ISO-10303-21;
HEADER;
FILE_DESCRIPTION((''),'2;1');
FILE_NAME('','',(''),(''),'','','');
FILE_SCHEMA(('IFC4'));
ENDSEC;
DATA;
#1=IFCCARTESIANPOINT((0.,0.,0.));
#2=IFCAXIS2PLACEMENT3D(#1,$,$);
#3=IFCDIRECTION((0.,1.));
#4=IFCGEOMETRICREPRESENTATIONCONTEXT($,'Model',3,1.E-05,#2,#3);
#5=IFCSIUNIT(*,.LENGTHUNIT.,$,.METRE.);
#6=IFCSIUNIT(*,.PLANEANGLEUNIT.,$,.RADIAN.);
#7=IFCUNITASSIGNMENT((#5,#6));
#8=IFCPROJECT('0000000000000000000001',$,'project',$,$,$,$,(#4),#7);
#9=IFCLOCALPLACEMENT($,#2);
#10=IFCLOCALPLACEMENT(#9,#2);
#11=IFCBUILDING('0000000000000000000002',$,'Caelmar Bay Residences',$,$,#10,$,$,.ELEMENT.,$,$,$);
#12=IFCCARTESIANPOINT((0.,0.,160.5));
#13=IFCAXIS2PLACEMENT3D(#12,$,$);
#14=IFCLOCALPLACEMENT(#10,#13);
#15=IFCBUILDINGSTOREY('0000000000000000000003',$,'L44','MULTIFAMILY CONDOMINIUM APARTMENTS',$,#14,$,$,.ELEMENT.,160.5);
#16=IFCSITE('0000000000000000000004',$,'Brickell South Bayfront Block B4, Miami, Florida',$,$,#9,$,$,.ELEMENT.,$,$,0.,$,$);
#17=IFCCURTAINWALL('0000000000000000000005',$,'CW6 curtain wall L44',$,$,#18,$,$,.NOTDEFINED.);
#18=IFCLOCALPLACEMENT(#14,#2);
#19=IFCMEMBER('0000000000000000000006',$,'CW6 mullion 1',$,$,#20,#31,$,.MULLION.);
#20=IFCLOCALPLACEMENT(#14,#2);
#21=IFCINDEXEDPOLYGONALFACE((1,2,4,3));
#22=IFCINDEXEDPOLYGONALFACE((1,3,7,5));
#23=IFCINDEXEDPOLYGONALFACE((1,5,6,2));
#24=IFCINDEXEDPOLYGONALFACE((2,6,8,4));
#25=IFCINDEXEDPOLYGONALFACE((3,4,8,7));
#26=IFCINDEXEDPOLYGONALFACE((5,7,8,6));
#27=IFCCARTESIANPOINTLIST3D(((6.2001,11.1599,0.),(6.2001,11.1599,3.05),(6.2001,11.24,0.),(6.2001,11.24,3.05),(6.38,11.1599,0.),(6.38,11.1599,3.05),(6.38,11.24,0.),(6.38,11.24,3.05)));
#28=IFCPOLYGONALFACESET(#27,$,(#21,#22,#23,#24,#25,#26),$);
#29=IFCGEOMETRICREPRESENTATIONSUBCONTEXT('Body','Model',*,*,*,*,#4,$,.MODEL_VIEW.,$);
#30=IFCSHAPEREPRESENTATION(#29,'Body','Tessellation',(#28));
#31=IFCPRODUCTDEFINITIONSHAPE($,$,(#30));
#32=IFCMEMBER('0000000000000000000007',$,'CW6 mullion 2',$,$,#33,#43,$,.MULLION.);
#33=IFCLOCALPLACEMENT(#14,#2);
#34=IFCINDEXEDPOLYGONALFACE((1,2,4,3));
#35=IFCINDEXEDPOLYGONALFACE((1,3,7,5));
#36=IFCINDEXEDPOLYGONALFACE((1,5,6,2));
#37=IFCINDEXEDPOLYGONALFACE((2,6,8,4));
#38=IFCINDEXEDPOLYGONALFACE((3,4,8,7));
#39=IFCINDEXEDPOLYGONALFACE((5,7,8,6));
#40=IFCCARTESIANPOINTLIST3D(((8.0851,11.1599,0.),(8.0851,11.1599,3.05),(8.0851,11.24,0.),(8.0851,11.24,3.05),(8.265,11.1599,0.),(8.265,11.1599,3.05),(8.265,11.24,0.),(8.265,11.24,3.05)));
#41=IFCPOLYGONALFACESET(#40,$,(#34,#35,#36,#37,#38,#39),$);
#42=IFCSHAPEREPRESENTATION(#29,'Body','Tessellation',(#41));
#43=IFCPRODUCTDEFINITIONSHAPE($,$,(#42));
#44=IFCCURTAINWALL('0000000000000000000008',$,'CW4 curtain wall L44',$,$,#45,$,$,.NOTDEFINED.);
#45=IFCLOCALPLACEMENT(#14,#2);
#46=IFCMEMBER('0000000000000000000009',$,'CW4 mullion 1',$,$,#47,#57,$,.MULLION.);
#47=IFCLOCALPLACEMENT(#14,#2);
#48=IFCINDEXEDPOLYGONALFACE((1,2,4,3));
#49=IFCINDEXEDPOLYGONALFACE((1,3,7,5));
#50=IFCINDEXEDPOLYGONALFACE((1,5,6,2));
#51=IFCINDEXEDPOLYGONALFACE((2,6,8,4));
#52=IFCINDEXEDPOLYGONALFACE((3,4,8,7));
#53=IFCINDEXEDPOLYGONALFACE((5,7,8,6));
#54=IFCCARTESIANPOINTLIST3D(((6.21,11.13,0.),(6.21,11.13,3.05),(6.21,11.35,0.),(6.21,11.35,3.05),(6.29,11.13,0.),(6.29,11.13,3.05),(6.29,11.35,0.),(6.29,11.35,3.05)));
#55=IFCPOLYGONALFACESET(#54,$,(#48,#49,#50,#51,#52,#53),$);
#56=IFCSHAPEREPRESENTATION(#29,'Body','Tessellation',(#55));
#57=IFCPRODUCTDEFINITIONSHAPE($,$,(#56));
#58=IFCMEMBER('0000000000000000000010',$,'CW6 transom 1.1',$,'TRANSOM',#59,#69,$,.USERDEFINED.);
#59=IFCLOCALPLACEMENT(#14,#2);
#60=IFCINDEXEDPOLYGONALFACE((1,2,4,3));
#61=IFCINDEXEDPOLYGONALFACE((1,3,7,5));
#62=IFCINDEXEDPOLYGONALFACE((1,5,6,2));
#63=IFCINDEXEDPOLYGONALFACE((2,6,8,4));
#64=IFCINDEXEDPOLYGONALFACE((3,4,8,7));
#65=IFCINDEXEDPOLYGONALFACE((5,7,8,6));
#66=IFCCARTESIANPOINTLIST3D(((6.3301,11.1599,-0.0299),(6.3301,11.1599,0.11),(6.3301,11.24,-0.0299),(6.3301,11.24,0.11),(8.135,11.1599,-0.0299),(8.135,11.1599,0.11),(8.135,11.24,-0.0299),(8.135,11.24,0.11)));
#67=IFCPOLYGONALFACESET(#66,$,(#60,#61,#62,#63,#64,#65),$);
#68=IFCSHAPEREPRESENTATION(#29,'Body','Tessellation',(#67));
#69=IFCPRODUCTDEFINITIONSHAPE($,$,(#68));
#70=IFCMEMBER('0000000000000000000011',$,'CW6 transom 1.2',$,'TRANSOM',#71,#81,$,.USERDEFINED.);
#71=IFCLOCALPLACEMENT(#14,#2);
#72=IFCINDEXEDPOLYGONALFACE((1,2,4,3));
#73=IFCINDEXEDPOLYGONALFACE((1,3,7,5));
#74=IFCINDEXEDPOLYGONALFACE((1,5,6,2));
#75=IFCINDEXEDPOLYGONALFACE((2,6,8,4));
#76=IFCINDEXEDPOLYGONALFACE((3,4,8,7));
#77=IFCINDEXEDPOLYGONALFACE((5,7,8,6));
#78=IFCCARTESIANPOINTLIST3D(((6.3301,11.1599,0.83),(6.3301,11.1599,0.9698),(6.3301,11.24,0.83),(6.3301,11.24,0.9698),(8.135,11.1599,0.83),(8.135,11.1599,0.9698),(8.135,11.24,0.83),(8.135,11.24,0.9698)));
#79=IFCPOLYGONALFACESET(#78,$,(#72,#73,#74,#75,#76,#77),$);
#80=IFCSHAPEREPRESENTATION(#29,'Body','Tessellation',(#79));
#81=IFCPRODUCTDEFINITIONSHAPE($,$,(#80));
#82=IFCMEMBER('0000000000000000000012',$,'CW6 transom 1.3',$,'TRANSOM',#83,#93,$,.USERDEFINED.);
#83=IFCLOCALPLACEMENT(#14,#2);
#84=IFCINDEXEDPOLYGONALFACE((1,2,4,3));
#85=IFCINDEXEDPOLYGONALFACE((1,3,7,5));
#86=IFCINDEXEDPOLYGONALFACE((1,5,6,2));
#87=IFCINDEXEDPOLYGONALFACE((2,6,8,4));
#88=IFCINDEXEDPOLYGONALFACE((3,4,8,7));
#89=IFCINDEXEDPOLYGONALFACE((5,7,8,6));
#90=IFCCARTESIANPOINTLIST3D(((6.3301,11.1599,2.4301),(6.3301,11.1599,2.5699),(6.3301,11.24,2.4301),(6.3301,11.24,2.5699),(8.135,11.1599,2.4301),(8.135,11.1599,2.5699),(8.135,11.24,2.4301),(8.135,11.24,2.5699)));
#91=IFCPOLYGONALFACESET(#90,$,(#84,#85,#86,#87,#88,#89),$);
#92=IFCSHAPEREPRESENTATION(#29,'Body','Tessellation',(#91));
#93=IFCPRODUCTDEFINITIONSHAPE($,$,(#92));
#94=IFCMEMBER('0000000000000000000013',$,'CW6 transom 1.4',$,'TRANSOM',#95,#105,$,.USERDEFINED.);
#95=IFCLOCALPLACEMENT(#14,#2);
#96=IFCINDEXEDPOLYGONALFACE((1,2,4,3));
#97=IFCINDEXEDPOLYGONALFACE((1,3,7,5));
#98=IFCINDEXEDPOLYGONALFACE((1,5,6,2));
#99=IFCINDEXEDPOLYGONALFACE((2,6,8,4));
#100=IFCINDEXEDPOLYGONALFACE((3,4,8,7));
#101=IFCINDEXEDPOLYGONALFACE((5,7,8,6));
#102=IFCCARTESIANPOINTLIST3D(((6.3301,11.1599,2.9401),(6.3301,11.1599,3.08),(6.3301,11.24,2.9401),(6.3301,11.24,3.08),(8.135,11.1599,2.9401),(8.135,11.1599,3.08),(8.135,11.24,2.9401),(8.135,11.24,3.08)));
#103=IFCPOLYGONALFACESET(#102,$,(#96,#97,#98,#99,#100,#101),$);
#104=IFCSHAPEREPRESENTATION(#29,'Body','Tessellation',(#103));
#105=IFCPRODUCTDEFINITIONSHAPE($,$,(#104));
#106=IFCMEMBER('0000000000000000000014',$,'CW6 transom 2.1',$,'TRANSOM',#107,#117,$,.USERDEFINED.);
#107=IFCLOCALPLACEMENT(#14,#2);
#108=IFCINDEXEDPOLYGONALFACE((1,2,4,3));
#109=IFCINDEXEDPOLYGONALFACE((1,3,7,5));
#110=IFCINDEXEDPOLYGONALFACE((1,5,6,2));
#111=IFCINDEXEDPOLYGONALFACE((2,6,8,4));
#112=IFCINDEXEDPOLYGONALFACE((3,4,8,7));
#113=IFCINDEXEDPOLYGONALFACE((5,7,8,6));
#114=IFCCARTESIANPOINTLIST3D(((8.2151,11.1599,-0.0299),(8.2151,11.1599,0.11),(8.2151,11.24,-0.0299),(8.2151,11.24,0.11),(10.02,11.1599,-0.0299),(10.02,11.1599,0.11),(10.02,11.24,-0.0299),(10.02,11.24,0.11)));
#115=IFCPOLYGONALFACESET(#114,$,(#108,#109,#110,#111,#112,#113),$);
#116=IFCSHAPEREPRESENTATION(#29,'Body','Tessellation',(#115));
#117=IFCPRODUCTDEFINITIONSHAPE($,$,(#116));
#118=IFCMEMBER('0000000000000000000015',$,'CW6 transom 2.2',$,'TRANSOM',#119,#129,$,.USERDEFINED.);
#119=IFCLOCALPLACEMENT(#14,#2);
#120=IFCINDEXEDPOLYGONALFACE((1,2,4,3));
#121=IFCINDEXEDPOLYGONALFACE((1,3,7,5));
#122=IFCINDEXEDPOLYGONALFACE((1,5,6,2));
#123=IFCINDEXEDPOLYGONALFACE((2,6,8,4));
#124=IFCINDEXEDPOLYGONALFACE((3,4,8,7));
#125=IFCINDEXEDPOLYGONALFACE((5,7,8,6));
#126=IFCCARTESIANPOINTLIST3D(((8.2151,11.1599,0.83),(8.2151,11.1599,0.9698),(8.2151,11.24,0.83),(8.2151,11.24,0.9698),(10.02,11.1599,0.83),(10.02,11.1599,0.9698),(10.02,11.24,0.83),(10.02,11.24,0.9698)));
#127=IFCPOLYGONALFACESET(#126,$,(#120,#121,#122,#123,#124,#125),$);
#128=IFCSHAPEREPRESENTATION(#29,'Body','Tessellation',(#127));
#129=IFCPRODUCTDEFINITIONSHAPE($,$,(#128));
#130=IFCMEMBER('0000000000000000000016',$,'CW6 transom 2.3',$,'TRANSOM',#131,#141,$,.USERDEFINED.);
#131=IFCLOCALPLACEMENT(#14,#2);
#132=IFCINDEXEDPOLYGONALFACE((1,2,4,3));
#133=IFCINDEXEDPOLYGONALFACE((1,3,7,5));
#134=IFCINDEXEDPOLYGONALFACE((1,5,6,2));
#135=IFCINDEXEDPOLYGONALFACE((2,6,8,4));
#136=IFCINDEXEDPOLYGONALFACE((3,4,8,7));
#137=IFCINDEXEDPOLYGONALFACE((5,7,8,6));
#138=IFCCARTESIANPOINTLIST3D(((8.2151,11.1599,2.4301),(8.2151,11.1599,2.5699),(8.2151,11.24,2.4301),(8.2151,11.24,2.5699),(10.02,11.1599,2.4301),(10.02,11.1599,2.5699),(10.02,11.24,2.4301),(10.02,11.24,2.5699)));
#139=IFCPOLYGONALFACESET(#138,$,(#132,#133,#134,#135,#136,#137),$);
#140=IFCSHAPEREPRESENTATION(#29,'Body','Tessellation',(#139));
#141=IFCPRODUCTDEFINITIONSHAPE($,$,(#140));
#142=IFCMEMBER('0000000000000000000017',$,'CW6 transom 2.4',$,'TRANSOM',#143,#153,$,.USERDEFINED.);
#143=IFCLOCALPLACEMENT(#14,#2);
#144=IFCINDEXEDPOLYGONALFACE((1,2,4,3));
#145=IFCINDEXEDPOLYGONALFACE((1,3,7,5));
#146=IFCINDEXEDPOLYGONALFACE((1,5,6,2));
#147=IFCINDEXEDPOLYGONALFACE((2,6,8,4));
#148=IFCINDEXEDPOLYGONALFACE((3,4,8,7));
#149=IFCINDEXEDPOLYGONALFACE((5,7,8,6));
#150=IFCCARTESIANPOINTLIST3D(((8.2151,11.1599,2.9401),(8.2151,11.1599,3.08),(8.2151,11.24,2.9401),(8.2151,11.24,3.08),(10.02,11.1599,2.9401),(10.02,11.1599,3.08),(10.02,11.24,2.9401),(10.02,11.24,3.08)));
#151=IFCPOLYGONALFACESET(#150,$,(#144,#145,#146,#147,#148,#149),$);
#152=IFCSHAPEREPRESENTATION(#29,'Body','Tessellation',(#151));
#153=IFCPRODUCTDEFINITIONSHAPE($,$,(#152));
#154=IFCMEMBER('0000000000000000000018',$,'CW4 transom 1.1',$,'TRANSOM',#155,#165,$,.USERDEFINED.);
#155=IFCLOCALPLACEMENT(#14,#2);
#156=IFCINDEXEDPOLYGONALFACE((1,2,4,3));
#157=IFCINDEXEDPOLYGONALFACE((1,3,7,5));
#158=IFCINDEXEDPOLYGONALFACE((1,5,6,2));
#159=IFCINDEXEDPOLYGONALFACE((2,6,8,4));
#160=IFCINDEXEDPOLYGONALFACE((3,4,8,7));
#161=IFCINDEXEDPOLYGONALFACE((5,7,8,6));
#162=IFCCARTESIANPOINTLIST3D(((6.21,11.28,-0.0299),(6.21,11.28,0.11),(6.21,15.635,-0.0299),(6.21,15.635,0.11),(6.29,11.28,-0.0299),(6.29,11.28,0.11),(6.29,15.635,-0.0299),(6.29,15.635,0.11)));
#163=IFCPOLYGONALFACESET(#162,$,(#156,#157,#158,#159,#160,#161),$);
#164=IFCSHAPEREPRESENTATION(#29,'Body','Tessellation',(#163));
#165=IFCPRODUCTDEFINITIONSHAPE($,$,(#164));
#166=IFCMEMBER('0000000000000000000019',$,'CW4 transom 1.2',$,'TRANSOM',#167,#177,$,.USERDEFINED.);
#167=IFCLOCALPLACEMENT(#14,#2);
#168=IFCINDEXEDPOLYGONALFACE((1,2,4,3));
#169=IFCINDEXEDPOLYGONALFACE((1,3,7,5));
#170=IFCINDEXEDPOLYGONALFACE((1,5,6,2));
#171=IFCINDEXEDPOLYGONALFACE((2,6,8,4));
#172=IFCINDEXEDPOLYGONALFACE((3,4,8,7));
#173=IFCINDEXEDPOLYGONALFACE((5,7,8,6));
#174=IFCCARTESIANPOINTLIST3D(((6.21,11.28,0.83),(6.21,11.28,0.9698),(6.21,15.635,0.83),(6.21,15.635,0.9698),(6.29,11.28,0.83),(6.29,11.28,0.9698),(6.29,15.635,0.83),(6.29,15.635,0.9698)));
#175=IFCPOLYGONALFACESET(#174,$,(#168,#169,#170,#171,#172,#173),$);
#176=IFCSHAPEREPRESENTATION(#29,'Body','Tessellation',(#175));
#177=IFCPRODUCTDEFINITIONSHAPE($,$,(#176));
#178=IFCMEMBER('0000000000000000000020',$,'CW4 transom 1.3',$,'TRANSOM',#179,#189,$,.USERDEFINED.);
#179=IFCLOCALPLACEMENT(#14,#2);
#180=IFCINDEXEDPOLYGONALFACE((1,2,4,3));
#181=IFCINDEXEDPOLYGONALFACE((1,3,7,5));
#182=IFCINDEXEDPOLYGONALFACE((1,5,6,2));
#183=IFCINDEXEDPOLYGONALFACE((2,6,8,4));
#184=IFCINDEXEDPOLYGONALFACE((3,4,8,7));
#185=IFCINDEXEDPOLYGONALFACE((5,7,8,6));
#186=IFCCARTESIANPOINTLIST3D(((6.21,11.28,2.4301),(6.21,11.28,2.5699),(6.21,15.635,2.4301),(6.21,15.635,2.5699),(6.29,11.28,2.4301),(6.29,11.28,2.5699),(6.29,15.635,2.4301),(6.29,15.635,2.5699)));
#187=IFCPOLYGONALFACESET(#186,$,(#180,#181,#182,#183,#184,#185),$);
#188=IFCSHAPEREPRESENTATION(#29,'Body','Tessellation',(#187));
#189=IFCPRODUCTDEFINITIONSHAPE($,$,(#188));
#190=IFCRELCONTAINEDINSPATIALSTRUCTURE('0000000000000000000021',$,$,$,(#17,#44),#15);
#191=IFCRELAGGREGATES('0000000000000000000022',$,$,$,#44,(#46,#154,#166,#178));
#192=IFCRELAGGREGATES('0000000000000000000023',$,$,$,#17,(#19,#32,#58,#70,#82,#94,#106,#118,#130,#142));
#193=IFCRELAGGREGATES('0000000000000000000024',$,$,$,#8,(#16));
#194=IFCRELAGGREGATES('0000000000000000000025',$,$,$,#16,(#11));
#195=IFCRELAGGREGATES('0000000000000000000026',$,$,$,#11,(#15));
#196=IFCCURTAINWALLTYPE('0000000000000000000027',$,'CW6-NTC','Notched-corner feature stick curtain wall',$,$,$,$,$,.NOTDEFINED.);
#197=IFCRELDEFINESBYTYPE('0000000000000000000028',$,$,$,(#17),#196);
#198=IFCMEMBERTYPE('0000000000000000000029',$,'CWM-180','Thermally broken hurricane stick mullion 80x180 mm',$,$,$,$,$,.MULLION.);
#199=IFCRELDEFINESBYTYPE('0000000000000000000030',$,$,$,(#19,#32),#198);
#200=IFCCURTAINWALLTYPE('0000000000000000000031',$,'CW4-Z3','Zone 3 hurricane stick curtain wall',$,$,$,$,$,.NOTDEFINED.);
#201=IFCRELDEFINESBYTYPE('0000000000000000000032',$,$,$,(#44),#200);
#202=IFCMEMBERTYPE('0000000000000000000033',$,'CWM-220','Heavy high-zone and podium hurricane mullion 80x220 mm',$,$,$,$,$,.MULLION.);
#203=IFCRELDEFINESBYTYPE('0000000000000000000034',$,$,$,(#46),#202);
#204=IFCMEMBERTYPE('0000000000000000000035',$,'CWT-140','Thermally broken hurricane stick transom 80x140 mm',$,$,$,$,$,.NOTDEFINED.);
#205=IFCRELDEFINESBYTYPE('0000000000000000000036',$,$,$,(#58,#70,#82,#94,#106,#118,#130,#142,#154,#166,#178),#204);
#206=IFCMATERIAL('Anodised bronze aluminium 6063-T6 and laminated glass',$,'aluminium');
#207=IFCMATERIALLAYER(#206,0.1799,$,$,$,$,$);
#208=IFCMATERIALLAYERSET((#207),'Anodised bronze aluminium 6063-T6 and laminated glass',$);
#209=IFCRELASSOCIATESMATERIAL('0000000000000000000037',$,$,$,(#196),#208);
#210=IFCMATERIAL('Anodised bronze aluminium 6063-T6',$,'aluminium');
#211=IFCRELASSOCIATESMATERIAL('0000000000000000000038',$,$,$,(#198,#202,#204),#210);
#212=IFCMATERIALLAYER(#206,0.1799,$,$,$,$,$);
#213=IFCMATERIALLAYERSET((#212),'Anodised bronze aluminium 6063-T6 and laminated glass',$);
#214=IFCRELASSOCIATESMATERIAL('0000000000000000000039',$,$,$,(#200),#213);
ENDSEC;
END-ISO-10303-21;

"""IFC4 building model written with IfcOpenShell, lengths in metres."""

from ifc_helpers import new_model, si_unit, direction, frame, origin, origin_2d, place, context, subcontext, project, spatial, rectangle, extrude, material, layer, layer_set, material_profile, profile_set, type_object, element, aggregate, save


model = new_model("IFC4")

# Units and contexts
model_context = context("Model", 3, precision=1e-05, world=origin(), true_north=direction((0.0, 1.0)))
body_context = subcontext(model_context, "Body", "Model", "MODEL_VIEW")
ifc_project = project(units=[si_unit("LENGTHUNIT", "METRE"), si_unit("PLANEANGLEUNIT", "RADIAN")], contexts=[model_context])

# Site, building, storey
site_placement = place(None, origin())
site = spatial("IfcSite", under=ifc_project, at=site_placement, Name="Brickell South Bayfront Block B4, Miami, Florida", CompositionType="ELEMENT", RefElevation=0.0)
building_placement = place(site_placement, origin())
building = spatial("IfcBuilding", under=site, at=building_placement, Name="Caelmar Bay Residences", CompositionType="ELEMENT")
storey_placement = place(building_placement, frame((0.0, 0.0, 160.5)))
storey = spatial("IfcBuildingStorey", under=building, at=storey_placement, Name="L44", Description="MULTIFAMILY CONDOMINIUM APARTMENTS", CompositionType="ELEMENT", Elevation=160.5)

# Curtain wall, members
ifc_material_1 = material(Name="Anodised bronze aluminium 6063-T6 and laminated glass", Category="aluminium")
ifc_layer_1 = layer(ifc_material_1, 0.1799)
ifc_layer_set_1 = layer_set([ifc_layer_1], Name="Anodised bronze aluminium 6063-T6 and laminated glass")
curtain_wall_type_1 = type_object("IfcCurtainWallType", Name="CW6-NTC", Description="Notched-corner feature stick curtain wall", PredefinedType="NOTDEFINED", material=ifc_layer_set_1)
curtain_wall_1_placement = place(storey_placement, origin())
curtain_wall_1 = element("IfcCurtainWall", 1, at=curtain_wall_1_placement, inside=storey, type_object=curtain_wall_type_1, Name="CW6 curtain wall L44", PredefinedType="NOTDEFINED")
ifc_material_2 = material(Name="Anodised bronze aluminium 6063-T6", Category="aluminium")
ifc_material_profile_1 = material_profile(ifc_material_2, rectangle(XDim=0.0801, YDim=0.1799, at=origin_2d()), Name="CWM-80X180")
ifc_profile_set_1 = profile_set([ifc_material_profile_1], Name="Anodised bronze aluminium 6063-T6")
member_type_1 = type_object("IfcMemberType", Name="CWM-180", Description="Thermally broken hurricane stick mullion 80x180 mm", PredefinedType="MULLION", material=ifc_profile_set_1)
member_1_placement = place(storey_placement, frame((6.29, 11.2, 0.0), z_axis=(0.0, 0.0, 1.0), x_axis=(0.0, 1.0, 0.0)))
member_1 = element("IfcMember", 2, at=member_1_placement, type_object=member_type_1, Name="CW6 mullion 1", PredefinedType="MULLION", context=body_context, shape_type="SweptSolid", body=[
    extrude(rectangle(XDim=0.0801, YDim=0.1799, at=origin_2d()), origin(), (0.0, 0.0, 1.0), 3.05),
])
member_2_placement = place(storey_placement, frame((8.175, 11.2, 0.0), z_axis=(0.0, 0.0, 1.0), x_axis=(0.0, 1.0, 0.0)))
member_2 = element("IfcMember", 3, at=member_2_placement, type_object=member_type_1, Name="CW6 mullion 2", PredefinedType="MULLION", context=body_context, shape_type="SweptSolid", body=[
    extrude(rectangle(XDim=0.0801, YDim=0.1799, at=origin_2d()), origin(), (0.0, 0.0, 1.0), 3.05),
])

# Curtain wall, member
ifc_layer_2 = layer(ifc_material_1, 0.1799)
ifc_layer_set_2 = layer_set([ifc_layer_2], Name="Anodised bronze aluminium 6063-T6 and laminated glass")
curtain_wall_type_2 = type_object("IfcCurtainWallType", Name="CW4-Z3", Description="Zone 3 hurricane stick curtain wall", PredefinedType="NOTDEFINED", material=ifc_layer_set_2)
curtain_wall_2_placement = place(storey_placement, origin())
curtain_wall_2 = element("IfcCurtainWall", 4, at=curtain_wall_2_placement, inside=storey, type_object=curtain_wall_type_2, Name="CW4 curtain wall L44", PredefinedType="NOTDEFINED")
ifc_material_profile_2 = material_profile(ifc_material_2, rectangle(XDim=0.0801, YDim=0.22, at=origin_2d()), Name="CWM-80X220")
ifc_profile_set_2 = profile_set([ifc_material_profile_2], Name="Anodised bronze aluminium 6063-T6")
member_type_2 = type_object("IfcMemberType", Name="CWM-220", Description="Heavy high-zone and podium hurricane mullion 80x220 mm", PredefinedType="MULLION", material=ifc_profile_set_2)
member_3_placement = place(storey_placement, frame((6.25, 11.24, 0.0), z_axis=(0.0, 0.0, 1.0), x_axis=(-1.0, 0.0, 0.0)))
member_3 = element("IfcMember", 5, at=member_3_placement, type_object=member_type_2, Name="CW4 mullion 1", PredefinedType="MULLION", context=body_context, shape_type="SweptSolid", body=[
    extrude(rectangle(XDim=0.0801, YDim=0.22, at=origin_2d()), origin(), (0.0, 0.0, 1.0), 3.05),
])

# Members
ifc_material_profile_3 = material_profile(ifc_material_2, rectangle(XDim=0.0801, YDim=0.1399, at=origin_2d()), Name="CWT-80X140")
ifc_profile_set_3 = profile_set([ifc_material_profile_3], Name="Anodised bronze aluminium 6063-T6")
member_type_3 = type_object("IfcMemberType", Name="CWT-140", Description="Thermally broken hurricane stick transom 80x140 mm", PredefinedType="NOTDEFINED", material=ifc_profile_set_3)
member_4_placement = place(storey_placement, frame((6.3301, 11.2, 0.04), z_axis=(1.0, 0.0, 0.0), x_axis=(0.0, 1.0, 0.0)))
member_4 = element("IfcMember", 6, at=member_4_placement, type_object=member_type_3, Name="CW6 transom 1.1", ObjectType="TRANSOM", PredefinedType="USERDEFINED", context=body_context, shape_type="SweptSolid", body=[
    extrude(rectangle(XDim=0.0801, YDim=0.1399, at=origin_2d()), origin(), (0.0, 0.0, 1.0), 1.8049),
])
member_5_placement = place(storey_placement, frame((6.3301, 11.2, 0.8999), z_axis=(1.0, 0.0, 0.0), x_axis=(0.0, 1.0, 0.0)))
member_5 = element("IfcMember", 7, at=member_5_placement, type_object=member_type_3, Name="CW6 transom 1.2", ObjectType="TRANSOM", PredefinedType="USERDEFINED", context=body_context, shape_type="SweptSolid", body=[
    extrude(rectangle(XDim=0.0801, YDim=0.1399, at=origin_2d()), origin(), (0.0, 0.0, 1.0), 1.8049),
])
member_6_placement = place(storey_placement, frame((6.3301, 11.2, 2.5), z_axis=(1.0, 0.0, 0.0), x_axis=(0.0, 1.0, 0.0)))
member_6 = element("IfcMember", 8, at=member_6_placement, type_object=member_type_3, Name="CW6 transom 1.3", ObjectType="TRANSOM", PredefinedType="USERDEFINED", context=body_context, shape_type="SweptSolid", body=[
    extrude(rectangle(XDim=0.0801, YDim=0.1399, at=origin_2d()), origin(), (0.0, 0.0, 1.0), 1.8049),
])
member_7_placement = place(storey_placement, frame((6.3301, 11.2, 3.01), z_axis=(1.0, 0.0, 0.0), x_axis=(0.0, 1.0, 0.0)))
member_7 = element("IfcMember", 9, at=member_7_placement, type_object=member_type_3, Name="CW6 transom 1.4", ObjectType="TRANSOM", PredefinedType="USERDEFINED", context=body_context, shape_type="SweptSolid", body=[
    extrude(rectangle(XDim=0.0801, YDim=0.1399, at=origin_2d()), origin(), (0.0, 0.0, 1.0), 1.8049),
])
member_8_placement = place(storey_placement, frame((8.2151, 11.2, 0.04), z_axis=(1.0, 0.0, 0.0), x_axis=(0.0, 1.0, 0.0)))
member_8 = element("IfcMember", 10, at=member_8_placement, type_object=member_type_3, Name="CW6 transom 2.1", ObjectType="TRANSOM", PredefinedType="USERDEFINED", context=body_context, shape_type="SweptSolid", body=[
    extrude(rectangle(XDim=0.0801, YDim=0.1399, at=origin_2d()), origin(), (0.0, 0.0, 1.0), 1.8049),
])
member_9_placement = place(storey_placement, frame((8.2151, 11.2, 0.8999), z_axis=(1.0, 0.0, 0.0), x_axis=(0.0, 1.0, 0.0)))
member_9 = element("IfcMember", 11, at=member_9_placement, type_object=member_type_3, Name="CW6 transom 2.2", ObjectType="TRANSOM", PredefinedType="USERDEFINED", context=body_context, shape_type="SweptSolid", body=[
    extrude(rectangle(XDim=0.0801, YDim=0.1399, at=origin_2d()), origin(), (0.0, 0.0, 1.0), 1.8049),
])
member_10_placement = place(storey_placement, frame((8.2151, 11.2, 2.5), z_axis=(1.0, 0.0, 0.0), x_axis=(0.0, 1.0, 0.0)))
member_10 = element("IfcMember", 12, at=member_10_placement, type_object=member_type_3, Name="CW6 transom 2.3", ObjectType="TRANSOM", PredefinedType="USERDEFINED", context=body_context, shape_type="SweptSolid", body=[
    extrude(rectangle(XDim=0.0801, YDim=0.1399, at=origin_2d()), origin(), (0.0, 0.0, 1.0), 1.8049),
])
member_11_placement = place(storey_placement, frame((8.2151, 11.2, 3.01), z_axis=(1.0, 0.0, 0.0), x_axis=(0.0, 1.0, 0.0)))
member_11 = element("IfcMember", 13, at=member_11_placement, type_object=member_type_3, Name="CW6 transom 2.4", ObjectType="TRANSOM", PredefinedType="USERDEFINED", context=body_context, shape_type="SweptSolid", body=[
    extrude(rectangle(XDim=0.0801, YDim=0.1399, at=origin_2d()), origin(), (0.0, 0.0, 1.0), 1.8049),
])
member_12_placement = place(storey_placement, frame((6.25, 11.28, 0.04), z_axis=(0.0, 1.0, 0.0), x_axis=(-1.0, 0.0, 0.0)))
member_12 = element("IfcMember", 14, at=member_12_placement, type_object=member_type_3, Name="CW4 transom 1.1", ObjectType="TRANSOM", PredefinedType="USERDEFINED", context=body_context, shape_type="SweptSolid", body=[
    extrude(rectangle(XDim=0.0801, YDim=0.1399, at=origin_2d()), origin(), (0.0, 0.0, 1.0), 4.355),
])
member_13_placement = place(storey_placement, frame((6.25, 11.28, 0.8999), z_axis=(0.0, 1.0, 0.0), x_axis=(-1.0, 0.0, 0.0)))
member_13 = element("IfcMember", 15, at=member_13_placement, type_object=member_type_3, Name="CW4 transom 1.2", ObjectType="TRANSOM", PredefinedType="USERDEFINED", context=body_context, shape_type="SweptSolid", body=[
    extrude(rectangle(XDim=0.0801, YDim=0.1399, at=origin_2d()), origin(), (0.0, 0.0, 1.0), 4.355),
])
member_14_placement = place(storey_placement, frame((6.25, 11.28, 2.5), z_axis=(0.0, 1.0, 0.0), x_axis=(-1.0, 0.0, 0.0)))
member_14 = element("IfcMember", 16, at=member_14_placement, type_object=member_type_3, Name="CW4 transom 1.3", ObjectType="TRANSOM", PredefinedType="USERDEFINED", context=body_context, shape_type="SweptSolid", body=[
    extrude(rectangle(XDim=0.0801, YDim=0.1399, at=origin_2d()), origin(), (0.0, 0.0, 1.0), 4.355),
])
aggregate(curtain_wall_2, [member_3, member_12, member_13, member_14])

aggregate(curtain_wall_1, [member_1, member_2, member_4, member_5, member_6, member_7, member_8, member_9, member_10, member_11])

save(model, "model.ifc")
